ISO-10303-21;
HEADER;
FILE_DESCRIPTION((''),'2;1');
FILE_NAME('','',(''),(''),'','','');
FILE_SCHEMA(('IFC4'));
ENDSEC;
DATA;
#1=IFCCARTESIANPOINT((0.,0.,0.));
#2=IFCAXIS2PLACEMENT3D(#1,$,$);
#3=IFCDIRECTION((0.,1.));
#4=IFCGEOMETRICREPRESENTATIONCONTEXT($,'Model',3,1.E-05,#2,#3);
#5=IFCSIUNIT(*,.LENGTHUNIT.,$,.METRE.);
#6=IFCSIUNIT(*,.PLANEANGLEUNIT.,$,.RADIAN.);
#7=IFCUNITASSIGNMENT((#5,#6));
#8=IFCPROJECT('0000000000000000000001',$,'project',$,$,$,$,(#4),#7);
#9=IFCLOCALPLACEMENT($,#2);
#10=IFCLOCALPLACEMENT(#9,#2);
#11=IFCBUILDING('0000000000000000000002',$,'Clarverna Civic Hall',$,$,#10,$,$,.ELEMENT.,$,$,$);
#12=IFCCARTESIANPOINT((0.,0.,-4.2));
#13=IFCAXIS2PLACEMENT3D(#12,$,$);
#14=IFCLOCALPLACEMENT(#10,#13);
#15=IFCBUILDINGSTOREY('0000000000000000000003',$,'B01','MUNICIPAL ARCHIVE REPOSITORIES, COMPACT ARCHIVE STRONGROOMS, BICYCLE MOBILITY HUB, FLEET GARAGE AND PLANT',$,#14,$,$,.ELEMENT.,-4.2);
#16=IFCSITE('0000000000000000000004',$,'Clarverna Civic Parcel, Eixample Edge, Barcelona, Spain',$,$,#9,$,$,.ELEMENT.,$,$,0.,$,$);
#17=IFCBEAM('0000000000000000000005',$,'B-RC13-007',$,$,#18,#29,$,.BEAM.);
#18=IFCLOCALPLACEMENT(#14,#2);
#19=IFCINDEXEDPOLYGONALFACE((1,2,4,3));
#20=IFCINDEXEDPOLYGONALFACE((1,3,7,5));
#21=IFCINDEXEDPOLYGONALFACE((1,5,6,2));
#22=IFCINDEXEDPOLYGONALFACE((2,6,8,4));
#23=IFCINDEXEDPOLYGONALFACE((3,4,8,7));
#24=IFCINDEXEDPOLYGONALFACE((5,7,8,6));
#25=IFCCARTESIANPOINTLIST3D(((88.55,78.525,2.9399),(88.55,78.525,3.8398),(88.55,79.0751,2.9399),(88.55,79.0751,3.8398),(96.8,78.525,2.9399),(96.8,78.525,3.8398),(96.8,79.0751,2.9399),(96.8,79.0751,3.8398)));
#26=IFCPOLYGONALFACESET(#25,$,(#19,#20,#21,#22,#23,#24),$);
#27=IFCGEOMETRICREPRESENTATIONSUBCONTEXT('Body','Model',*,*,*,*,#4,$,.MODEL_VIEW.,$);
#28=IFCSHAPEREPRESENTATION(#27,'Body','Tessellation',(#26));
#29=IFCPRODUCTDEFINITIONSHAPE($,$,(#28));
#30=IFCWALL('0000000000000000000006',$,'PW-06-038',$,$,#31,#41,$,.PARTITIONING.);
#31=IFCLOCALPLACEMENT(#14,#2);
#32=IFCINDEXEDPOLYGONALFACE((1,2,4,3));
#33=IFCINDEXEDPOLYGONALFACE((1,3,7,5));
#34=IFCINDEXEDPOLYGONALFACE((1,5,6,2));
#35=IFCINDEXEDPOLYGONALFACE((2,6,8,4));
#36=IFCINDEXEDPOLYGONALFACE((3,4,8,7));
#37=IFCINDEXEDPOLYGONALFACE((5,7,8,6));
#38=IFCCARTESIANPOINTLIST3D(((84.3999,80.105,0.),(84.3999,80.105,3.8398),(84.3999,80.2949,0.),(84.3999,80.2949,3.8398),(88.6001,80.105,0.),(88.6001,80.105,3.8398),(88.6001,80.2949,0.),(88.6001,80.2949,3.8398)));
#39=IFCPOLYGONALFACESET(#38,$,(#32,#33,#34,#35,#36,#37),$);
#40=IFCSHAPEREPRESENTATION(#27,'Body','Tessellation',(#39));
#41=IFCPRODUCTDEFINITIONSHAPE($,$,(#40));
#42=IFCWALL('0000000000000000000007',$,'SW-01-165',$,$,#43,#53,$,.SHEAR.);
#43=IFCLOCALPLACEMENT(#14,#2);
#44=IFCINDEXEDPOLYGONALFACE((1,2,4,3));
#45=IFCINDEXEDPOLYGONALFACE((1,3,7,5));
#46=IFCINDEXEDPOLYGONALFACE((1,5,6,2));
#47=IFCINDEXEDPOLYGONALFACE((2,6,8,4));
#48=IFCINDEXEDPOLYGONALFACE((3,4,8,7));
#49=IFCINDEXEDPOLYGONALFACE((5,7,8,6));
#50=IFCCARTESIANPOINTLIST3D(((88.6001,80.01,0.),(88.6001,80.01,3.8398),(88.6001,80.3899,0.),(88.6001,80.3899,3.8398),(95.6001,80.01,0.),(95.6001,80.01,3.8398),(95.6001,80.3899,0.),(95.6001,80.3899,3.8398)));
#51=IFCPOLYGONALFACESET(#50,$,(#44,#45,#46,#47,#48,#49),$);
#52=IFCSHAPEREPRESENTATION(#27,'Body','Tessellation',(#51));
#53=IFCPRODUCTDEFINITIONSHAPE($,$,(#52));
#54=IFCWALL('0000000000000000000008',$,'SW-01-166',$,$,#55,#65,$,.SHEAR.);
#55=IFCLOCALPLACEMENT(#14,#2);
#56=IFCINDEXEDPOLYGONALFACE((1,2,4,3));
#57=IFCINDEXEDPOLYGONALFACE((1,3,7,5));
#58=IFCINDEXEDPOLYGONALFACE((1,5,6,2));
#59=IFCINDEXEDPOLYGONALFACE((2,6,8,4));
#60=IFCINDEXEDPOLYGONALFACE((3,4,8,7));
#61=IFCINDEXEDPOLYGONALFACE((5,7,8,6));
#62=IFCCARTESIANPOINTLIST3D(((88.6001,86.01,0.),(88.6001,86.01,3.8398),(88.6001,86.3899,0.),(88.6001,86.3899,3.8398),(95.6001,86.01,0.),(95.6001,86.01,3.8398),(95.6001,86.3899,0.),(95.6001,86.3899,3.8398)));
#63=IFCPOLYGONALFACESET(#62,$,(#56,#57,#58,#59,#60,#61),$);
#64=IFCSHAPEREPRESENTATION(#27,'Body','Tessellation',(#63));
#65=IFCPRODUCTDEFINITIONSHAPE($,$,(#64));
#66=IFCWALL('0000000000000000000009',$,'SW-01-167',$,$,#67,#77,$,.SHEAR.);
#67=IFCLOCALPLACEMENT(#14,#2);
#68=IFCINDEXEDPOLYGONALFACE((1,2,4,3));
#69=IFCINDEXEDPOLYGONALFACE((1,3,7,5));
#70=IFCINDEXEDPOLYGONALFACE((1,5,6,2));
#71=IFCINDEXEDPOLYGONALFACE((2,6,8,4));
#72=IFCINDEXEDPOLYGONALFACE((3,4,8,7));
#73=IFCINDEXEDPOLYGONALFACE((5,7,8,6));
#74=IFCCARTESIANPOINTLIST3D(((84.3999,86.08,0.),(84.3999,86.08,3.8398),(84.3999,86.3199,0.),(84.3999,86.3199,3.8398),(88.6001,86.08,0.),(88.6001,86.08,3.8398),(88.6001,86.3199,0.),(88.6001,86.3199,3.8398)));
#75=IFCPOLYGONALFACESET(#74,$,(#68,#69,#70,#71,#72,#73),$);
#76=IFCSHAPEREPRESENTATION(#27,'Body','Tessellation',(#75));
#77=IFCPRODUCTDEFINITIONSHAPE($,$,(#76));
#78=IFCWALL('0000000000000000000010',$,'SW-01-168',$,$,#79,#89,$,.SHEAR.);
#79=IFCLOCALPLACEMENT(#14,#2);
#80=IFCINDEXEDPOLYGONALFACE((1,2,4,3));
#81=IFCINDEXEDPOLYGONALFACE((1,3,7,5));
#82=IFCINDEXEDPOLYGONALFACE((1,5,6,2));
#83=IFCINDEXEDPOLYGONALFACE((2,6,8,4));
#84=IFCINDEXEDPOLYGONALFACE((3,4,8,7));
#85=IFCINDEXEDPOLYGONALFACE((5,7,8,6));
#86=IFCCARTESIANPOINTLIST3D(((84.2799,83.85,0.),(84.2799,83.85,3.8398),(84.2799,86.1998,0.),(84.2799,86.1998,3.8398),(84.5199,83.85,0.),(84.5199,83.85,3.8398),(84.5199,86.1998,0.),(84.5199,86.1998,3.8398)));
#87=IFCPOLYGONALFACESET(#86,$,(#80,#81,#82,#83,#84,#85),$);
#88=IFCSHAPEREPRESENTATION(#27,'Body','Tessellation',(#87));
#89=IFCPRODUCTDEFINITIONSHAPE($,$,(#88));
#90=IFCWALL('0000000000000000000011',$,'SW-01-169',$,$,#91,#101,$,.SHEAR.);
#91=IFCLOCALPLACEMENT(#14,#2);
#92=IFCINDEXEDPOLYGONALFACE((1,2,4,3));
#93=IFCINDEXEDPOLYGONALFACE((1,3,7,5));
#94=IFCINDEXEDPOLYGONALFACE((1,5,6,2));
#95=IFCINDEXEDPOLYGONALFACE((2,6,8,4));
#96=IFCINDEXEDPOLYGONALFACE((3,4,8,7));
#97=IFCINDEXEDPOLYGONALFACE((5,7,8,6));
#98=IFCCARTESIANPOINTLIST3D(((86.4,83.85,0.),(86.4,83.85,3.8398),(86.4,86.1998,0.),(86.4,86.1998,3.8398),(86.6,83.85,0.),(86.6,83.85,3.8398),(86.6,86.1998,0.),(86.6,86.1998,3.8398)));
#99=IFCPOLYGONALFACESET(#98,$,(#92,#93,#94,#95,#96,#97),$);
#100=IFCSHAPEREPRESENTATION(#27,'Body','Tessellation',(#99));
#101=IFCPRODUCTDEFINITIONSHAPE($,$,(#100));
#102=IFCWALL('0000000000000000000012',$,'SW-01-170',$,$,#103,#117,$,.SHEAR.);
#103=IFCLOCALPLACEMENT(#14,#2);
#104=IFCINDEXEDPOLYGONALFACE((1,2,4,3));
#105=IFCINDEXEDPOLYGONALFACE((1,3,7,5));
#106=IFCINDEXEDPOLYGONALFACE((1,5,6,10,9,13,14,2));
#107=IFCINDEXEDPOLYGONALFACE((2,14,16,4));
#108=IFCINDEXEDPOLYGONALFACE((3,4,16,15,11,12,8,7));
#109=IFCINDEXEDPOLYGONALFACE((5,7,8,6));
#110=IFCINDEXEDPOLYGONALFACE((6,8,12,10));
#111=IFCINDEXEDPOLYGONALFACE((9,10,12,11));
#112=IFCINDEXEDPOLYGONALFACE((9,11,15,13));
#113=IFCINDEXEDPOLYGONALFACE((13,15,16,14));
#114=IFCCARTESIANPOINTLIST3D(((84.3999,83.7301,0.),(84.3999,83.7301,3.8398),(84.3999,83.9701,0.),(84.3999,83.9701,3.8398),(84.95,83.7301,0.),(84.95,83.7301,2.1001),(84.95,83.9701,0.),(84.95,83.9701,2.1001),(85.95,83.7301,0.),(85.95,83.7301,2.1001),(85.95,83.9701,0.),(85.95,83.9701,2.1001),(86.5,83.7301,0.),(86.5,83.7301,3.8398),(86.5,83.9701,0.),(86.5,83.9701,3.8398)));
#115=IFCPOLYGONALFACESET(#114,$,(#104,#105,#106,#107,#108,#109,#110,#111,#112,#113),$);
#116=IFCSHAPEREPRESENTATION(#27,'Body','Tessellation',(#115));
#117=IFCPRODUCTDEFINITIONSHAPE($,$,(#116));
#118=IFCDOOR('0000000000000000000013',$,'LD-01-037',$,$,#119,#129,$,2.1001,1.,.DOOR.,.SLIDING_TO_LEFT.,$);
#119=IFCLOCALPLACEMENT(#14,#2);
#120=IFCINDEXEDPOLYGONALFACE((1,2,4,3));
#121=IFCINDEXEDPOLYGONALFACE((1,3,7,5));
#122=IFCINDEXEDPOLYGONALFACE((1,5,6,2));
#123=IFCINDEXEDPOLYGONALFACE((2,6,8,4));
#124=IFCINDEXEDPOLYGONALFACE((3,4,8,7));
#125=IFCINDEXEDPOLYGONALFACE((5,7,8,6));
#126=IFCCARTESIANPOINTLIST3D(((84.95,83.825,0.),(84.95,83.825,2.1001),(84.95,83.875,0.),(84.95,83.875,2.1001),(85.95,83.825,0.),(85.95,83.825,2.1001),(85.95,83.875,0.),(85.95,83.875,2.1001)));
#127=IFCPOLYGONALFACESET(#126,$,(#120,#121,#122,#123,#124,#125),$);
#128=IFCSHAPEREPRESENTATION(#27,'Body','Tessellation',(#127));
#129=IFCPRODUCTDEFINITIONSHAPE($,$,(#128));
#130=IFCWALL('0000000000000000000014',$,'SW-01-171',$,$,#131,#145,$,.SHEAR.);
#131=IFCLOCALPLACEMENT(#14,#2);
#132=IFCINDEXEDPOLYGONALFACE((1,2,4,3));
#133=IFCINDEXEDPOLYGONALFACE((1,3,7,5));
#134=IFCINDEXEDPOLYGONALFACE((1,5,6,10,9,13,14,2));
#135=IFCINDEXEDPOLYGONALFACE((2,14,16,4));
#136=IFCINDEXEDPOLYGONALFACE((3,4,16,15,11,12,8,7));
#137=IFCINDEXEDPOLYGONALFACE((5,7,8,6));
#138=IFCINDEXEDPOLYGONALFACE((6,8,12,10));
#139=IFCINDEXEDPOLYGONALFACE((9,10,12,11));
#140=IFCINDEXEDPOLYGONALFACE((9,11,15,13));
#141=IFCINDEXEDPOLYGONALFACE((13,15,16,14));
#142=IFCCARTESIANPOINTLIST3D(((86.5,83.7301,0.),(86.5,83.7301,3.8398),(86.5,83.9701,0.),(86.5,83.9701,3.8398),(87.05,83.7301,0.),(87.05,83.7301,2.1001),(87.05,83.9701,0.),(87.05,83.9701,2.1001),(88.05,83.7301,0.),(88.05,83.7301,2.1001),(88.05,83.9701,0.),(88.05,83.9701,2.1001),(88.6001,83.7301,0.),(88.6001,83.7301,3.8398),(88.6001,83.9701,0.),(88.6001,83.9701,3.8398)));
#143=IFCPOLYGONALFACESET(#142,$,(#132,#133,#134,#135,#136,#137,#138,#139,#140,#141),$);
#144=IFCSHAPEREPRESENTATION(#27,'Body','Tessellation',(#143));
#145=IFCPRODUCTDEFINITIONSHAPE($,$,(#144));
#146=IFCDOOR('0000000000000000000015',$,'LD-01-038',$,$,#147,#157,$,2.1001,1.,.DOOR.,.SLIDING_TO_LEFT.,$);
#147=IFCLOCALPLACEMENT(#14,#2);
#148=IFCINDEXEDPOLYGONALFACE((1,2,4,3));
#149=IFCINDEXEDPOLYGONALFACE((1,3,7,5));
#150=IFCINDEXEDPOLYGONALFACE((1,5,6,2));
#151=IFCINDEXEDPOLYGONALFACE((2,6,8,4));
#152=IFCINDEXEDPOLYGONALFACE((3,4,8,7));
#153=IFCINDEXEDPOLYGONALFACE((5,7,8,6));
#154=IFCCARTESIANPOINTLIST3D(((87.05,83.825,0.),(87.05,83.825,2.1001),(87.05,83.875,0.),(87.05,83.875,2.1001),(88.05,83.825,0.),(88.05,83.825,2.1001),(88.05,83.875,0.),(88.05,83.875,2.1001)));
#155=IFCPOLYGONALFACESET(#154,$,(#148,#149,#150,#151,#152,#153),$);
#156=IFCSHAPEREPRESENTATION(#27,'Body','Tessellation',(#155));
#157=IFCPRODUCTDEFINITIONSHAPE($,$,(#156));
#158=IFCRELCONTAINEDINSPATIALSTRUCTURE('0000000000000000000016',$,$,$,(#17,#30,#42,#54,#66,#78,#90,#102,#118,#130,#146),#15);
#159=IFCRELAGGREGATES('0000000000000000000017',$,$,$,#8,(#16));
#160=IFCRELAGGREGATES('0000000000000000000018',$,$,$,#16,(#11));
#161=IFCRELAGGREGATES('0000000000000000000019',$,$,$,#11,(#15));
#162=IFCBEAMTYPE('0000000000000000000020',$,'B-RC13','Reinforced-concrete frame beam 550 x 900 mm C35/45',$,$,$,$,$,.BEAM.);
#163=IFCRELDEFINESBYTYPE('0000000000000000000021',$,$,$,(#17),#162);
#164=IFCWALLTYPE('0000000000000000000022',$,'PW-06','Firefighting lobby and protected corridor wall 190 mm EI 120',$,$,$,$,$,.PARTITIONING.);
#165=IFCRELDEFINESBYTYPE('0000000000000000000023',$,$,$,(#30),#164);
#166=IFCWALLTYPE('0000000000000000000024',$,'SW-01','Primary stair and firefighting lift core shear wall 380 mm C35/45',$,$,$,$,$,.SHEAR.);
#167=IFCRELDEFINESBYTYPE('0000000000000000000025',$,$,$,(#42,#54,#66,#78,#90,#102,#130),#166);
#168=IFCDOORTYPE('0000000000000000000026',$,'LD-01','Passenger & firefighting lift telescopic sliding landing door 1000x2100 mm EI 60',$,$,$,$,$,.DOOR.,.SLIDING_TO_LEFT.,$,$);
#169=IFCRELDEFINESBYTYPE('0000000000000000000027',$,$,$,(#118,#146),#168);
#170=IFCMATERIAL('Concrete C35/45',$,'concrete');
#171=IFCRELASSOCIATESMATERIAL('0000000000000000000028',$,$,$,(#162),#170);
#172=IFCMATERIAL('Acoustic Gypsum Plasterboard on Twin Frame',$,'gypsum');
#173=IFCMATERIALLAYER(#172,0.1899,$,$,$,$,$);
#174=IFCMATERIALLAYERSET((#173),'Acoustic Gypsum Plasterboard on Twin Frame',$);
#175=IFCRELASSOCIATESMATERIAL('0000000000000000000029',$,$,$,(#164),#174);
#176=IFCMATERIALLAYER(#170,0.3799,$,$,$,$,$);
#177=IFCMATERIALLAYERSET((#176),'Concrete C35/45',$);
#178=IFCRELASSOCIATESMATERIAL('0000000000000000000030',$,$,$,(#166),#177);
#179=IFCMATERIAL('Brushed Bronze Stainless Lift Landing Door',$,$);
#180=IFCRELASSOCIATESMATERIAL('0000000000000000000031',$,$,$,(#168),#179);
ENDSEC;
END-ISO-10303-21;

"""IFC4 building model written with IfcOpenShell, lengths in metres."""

from ifc_helpers import new_model, si_unit, direction, frame, frame_2d, origin, origin_2d, place, context, subcontext, project, spatial, rectangle, extrude, material, layer, layer_set, material_profile, profile_set, type_object, element, fill, save


model = new_model("IFC4")

# Units and contexts
model_context = context("Model", 3, precision=1e-05, world=origin(), true_north=direction((0.0, 1.0)))
body_context = subcontext(model_context, "Body", "Model", "MODEL_VIEW")
ifc_project = project(units=[si_unit("LENGTHUNIT", "METRE"), si_unit("PLANEANGLEUNIT", "RADIAN")], contexts=[model_context])

# Site, building, storey
site_placement = place(None, origin())
site = spatial("IfcSite", under=ifc_project, at=site_placement, Name="Clarverna Civic Parcel, Eixample Edge, Barcelona, Spain", CompositionType="ELEMENT", RefElevation=0.0)
building_placement = place(site_placement, origin())
building = spatial("IfcBuilding", under=site, at=building_placement, Name="Clarverna Civic Hall", CompositionType="ELEMENT")
storey_placement = place(building_placement, frame((0.0, 0.0, -4.2)))
storey = spatial("IfcBuildingStorey", under=building, at=storey_placement, Name="B01", Description="MUNICIPAL ARCHIVE REPOSITORIES, COMPACT ARCHIVE STRONGROOMS, BICYCLE MOBILITY HUB, FLEET GARAGE AND PLANT", CompositionType="ELEMENT", Elevation=-4.2)

# Beam
ifc_material_1 = material(Name="Concrete C35/45", Category="concrete")
ifc_material_profile_1 = material_profile(ifc_material_1, rectangle(XDim=0.55, YDim=0.8999, at=origin_2d()), Name="RC 550x900")
ifc_profile_set_1 = profile_set([ifc_material_profile_1], Name="Concrete C35/45")
beam_type = type_object("IfcBeamType", Name="B-RC13", Description="Reinforced-concrete frame beam 550 x 900 mm C35/45", PredefinedType="BEAM", material=ifc_profile_set_1)
beam_placement = place(storey_placement, frame((88.55, 78.8, 3.3899), z_axis=(1.0, 0.0, 0.0), x_axis=(0.0, 1.0, 0.0)))
element("IfcBeam", 1, at=beam_placement, inside=storey, type_object=beam_type, Name="B-RC13-007", PredefinedType="BEAM", context=body_context, shape_type="SweptSolid", body=[
    extrude(rectangle(XDim=0.55, YDim=0.8999, at=origin_2d()), origin(), (0.0, 0.0, 1.0), 8.25),
])

# Shared definitions
ifc_material_2 = material(Name="Acoustic Gypsum Plasterboard on Twin Frame", Category="gypsum")
ifc_layer_1 = layer(ifc_material_2, 0.1899)
ifc_layer_set_1 = layer_set([ifc_layer_1], Name="Acoustic Gypsum Plasterboard on Twin Frame")
wall_type_1 = type_object("IfcWallType", Name="PW-06", Description="Firefighting lobby and protected corridor wall 190 mm EI 120", PredefinedType="PARTITIONING", material=ifc_layer_set_1)

# Wall
wall_1_placement = place(storey_placement, frame((84.3999, 80.2, 0.0), z_axis=(0.0, 0.0, 1.0), x_axis=(1.0, 0.0, 0.0)))
element("IfcWall", 2, at=wall_1_placement, inside=storey, type_object=wall_type_1, Name="PW-06-038", PredefinedType="PARTITIONING", context=body_context, shape_type="SweptSolid", body=[
    extrude(rectangle(XDim=4.2002, YDim=0.1899, at=frame_2d((2.1001, 0.0))), origin(), (0.0, 0.0, 1.0), 3.8398),
])

# Shared definitions
ifc_layer_2 = layer(ifc_material_1, 0.3799)
ifc_layer_set_2 = layer_set([ifc_layer_2], Name="Concrete C35/45")
wall_type_2 = type_object("IfcWallType", Name="SW-01", Description="Primary stair and firefighting lift core shear wall 380 mm C35/45", PredefinedType="SHEAR", material=ifc_layer_set_2)

# Walls
for number, where, z_axis, x_axis, name in (
    (3, (88.6001, 80.2, 0.0), (0.0, 0.0, 1.0), (1.0, 0.0, 0.0), "SW-01-165"),
    (4, (88.6001, 86.2, 0.0), (0.0, 0.0, 1.0), (1.0, 0.0, 0.0), "SW-01-166"),
):
    element("IfcWall", number, at=place(storey_placement, frame(where, z_axis=z_axis, x_axis=x_axis)), inside=storey, type_object=wall_type_2, Name=name, PredefinedType="SHEAR", context=body_context, shape_type="SweptSolid", body=[
        extrude(rectangle(XDim=7.0, YDim=0.3799, at=frame_2d((3.5, 0.0))), origin(), (0.0, 0.0, 1.0), 3.8398),
    ])
wall_2_placement = place(storey_placement, frame((84.3999, 86.2, 0.0), z_axis=(0.0, 0.0, 1.0), x_axis=(1.0, 0.0, 0.0)))
element("IfcWall", 5, at=wall_2_placement, inside=storey, type_object=wall_type_2, Name="SW-01-167", PredefinedType="SHEAR", context=body_context, shape_type="SweptSolid", body=[
    extrude(rectangle(XDim=4.2002, YDim=0.24, at=frame_2d((2.1001, 0.0))), origin(), (0.0, 0.0, 1.0), 3.8398),
])
wall_3_placement = place(storey_placement, frame((84.3999, 83.8501, 0.0), z_axis=(0.0, 0.0, 1.0), x_axis=(0.0, 1.0, 0.0)))
element("IfcWall", 6, at=wall_3_placement, inside=storey, type_object=wall_type_2, Name="SW-01-168", PredefinedType="SHEAR", context=body_context, shape_type="SweptSolid", body=[
    extrude(rectangle(XDim=2.3499, YDim=0.24, at=frame_2d((1.1748, 0.0))), origin(), (0.0, 0.0, 1.0), 3.8398),
])
wall_4_placement = place(storey_placement, frame((86.5, 83.8501, 0.0), z_axis=(0.0, 0.0, 1.0), x_axis=(0.0, 1.0, 0.0)))
element("IfcWall", 7, at=wall_4_placement, inside=storey, type_object=wall_type_2, Name="SW-01-169", PredefinedType="SHEAR", context=body_context, shape_type="SweptSolid", body=[
    extrude(rectangle(XDim=2.3499, YDim=0.2, at=frame_2d((1.1748, 0.0))), origin(), (0.0, 0.0, 1.0), 3.8398),
])

# Walls, openings, doors
wall_5_placement = place(storey_placement, frame((84.3999, 83.8501, 0.0), z_axis=(0.0, 0.0, 1.0), x_axis=(1.0, 0.0, 0.0)))
wall_5 = element("IfcWall", 8, at=wall_5_placement, inside=storey, type_object=wall_type_2, Name="SW-01-170", PredefinedType="SHEAR", context=body_context, shape_type="SweptSolid", body=[
    extrude(rectangle(XDim=2.1001, YDim=0.24, at=frame_2d((1.05, 0.0))), origin(), (0.0, 0.0, 1.0), 3.8398),
])
opening_1_placement = place(wall_5_placement, frame((0.55, 0.0, 0.0)))
opening_1 = element("IfcOpeningElement", 9, at=opening_1_placement, cuts=wall_5, PredefinedType="OPENING", context=body_context, shape_type="SweptSolid", body=[
    extrude(rectangle(XDim=1.0, YDim=2.1001, at=frame_2d((0.5, 1.05))), frame((0.0, 0.1299, 0.0), z_axis=(0.0, -1.0, 0.0), x_axis=(1.0, 0.0, 0.0)), (0.0, 0.0, 1.0), 0.26),
])
ifc_material_3 = material(Name="Brushed Bronze Stainless Lift Landing Door")
door_type_1 = type_object("IfcDoorType", Name="LD-01", Description="Passenger & firefighting lift telescopic sliding landing door 1000x2100 mm EI 60", OperationType="SLIDING_TO_LEFT", PredefinedType="DOOR", material=ifc_material_3)
door_1_placement = place(opening_1_placement, origin())
door_1 = element("IfcDoor", 10, at=door_1_placement, inside=storey, type_object=door_type_1, Name="LD-01-037", OperationType="SLIDING_TO_LEFT", OverallHeight=2.1001, OverallWidth=1.0, PredefinedType="DOOR", context=body_context, shape_type="SweptSolid", body=[
    extrude(rectangle(XDim=1.0, YDim=2.1001, at=frame_2d((0.5, 1.05))), frame((0.0, 0.0249, 0.0), z_axis=(0.0, -1.0, 0.0), x_axis=(1.0, 0.0, 0.0)), (0.0, 0.0, 1.0), 0.05),
])
fill(opening_1, door_1)
wall_6_placement = place(storey_placement, frame((86.5, 83.8501, 0.0), z_axis=(0.0, 0.0, 1.0), x_axis=(1.0, 0.0, 0.0)))
wall_6 = element("IfcWall", 11, at=wall_6_placement, inside=storey, type_object=wall_type_2, Name="SW-01-171", PredefinedType="SHEAR", context=body_context, shape_type="SweptSolid", body=[
    extrude(rectangle(XDim=2.1001, YDim=0.24, at=frame_2d((1.05, 0.0))), origin(), (0.0, 0.0, 1.0), 3.8398),
])
opening_2_placement = place(wall_6_placement, frame((0.55, 0.0, 0.0)))
opening_2 = element("IfcOpeningElement", 12, at=opening_2_placement, cuts=wall_6, PredefinedType="OPENING", context=body_context, shape_type="SweptSolid", body=[
    extrude(rectangle(XDim=1.0, YDim=2.1001, at=frame_2d((0.5, 1.05))), frame((0.0, 0.1299, 0.0), z_axis=(0.0, -1.0, 0.0), x_axis=(1.0, 0.0, 0.0)), (0.0, 0.0, 1.0), 0.26),
])
door_2_placement = place(opening_2_placement, origin())
door_2 = element("IfcDoor", 13, at=door_2_placement, inside=storey, type_object=door_type_1, Name="LD-01-038", OperationType="SLIDING_TO_LEFT", OverallHeight=2.1001, OverallWidth=1.0, PredefinedType="DOOR", context=body_context, shape_type="SweptSolid", body=[
    extrude(rectangle(XDim=1.0, YDim=2.1001, at=frame_2d((0.5, 1.05))), frame((0.0, 0.0249, 0.0), z_axis=(0.0, -1.0, 0.0), x_axis=(1.0, 0.0, 0.0)), (0.0, 0.0, 1.0), 0.05),
])
fill(opening_2, door_2)

save(model, "model.ifc")
